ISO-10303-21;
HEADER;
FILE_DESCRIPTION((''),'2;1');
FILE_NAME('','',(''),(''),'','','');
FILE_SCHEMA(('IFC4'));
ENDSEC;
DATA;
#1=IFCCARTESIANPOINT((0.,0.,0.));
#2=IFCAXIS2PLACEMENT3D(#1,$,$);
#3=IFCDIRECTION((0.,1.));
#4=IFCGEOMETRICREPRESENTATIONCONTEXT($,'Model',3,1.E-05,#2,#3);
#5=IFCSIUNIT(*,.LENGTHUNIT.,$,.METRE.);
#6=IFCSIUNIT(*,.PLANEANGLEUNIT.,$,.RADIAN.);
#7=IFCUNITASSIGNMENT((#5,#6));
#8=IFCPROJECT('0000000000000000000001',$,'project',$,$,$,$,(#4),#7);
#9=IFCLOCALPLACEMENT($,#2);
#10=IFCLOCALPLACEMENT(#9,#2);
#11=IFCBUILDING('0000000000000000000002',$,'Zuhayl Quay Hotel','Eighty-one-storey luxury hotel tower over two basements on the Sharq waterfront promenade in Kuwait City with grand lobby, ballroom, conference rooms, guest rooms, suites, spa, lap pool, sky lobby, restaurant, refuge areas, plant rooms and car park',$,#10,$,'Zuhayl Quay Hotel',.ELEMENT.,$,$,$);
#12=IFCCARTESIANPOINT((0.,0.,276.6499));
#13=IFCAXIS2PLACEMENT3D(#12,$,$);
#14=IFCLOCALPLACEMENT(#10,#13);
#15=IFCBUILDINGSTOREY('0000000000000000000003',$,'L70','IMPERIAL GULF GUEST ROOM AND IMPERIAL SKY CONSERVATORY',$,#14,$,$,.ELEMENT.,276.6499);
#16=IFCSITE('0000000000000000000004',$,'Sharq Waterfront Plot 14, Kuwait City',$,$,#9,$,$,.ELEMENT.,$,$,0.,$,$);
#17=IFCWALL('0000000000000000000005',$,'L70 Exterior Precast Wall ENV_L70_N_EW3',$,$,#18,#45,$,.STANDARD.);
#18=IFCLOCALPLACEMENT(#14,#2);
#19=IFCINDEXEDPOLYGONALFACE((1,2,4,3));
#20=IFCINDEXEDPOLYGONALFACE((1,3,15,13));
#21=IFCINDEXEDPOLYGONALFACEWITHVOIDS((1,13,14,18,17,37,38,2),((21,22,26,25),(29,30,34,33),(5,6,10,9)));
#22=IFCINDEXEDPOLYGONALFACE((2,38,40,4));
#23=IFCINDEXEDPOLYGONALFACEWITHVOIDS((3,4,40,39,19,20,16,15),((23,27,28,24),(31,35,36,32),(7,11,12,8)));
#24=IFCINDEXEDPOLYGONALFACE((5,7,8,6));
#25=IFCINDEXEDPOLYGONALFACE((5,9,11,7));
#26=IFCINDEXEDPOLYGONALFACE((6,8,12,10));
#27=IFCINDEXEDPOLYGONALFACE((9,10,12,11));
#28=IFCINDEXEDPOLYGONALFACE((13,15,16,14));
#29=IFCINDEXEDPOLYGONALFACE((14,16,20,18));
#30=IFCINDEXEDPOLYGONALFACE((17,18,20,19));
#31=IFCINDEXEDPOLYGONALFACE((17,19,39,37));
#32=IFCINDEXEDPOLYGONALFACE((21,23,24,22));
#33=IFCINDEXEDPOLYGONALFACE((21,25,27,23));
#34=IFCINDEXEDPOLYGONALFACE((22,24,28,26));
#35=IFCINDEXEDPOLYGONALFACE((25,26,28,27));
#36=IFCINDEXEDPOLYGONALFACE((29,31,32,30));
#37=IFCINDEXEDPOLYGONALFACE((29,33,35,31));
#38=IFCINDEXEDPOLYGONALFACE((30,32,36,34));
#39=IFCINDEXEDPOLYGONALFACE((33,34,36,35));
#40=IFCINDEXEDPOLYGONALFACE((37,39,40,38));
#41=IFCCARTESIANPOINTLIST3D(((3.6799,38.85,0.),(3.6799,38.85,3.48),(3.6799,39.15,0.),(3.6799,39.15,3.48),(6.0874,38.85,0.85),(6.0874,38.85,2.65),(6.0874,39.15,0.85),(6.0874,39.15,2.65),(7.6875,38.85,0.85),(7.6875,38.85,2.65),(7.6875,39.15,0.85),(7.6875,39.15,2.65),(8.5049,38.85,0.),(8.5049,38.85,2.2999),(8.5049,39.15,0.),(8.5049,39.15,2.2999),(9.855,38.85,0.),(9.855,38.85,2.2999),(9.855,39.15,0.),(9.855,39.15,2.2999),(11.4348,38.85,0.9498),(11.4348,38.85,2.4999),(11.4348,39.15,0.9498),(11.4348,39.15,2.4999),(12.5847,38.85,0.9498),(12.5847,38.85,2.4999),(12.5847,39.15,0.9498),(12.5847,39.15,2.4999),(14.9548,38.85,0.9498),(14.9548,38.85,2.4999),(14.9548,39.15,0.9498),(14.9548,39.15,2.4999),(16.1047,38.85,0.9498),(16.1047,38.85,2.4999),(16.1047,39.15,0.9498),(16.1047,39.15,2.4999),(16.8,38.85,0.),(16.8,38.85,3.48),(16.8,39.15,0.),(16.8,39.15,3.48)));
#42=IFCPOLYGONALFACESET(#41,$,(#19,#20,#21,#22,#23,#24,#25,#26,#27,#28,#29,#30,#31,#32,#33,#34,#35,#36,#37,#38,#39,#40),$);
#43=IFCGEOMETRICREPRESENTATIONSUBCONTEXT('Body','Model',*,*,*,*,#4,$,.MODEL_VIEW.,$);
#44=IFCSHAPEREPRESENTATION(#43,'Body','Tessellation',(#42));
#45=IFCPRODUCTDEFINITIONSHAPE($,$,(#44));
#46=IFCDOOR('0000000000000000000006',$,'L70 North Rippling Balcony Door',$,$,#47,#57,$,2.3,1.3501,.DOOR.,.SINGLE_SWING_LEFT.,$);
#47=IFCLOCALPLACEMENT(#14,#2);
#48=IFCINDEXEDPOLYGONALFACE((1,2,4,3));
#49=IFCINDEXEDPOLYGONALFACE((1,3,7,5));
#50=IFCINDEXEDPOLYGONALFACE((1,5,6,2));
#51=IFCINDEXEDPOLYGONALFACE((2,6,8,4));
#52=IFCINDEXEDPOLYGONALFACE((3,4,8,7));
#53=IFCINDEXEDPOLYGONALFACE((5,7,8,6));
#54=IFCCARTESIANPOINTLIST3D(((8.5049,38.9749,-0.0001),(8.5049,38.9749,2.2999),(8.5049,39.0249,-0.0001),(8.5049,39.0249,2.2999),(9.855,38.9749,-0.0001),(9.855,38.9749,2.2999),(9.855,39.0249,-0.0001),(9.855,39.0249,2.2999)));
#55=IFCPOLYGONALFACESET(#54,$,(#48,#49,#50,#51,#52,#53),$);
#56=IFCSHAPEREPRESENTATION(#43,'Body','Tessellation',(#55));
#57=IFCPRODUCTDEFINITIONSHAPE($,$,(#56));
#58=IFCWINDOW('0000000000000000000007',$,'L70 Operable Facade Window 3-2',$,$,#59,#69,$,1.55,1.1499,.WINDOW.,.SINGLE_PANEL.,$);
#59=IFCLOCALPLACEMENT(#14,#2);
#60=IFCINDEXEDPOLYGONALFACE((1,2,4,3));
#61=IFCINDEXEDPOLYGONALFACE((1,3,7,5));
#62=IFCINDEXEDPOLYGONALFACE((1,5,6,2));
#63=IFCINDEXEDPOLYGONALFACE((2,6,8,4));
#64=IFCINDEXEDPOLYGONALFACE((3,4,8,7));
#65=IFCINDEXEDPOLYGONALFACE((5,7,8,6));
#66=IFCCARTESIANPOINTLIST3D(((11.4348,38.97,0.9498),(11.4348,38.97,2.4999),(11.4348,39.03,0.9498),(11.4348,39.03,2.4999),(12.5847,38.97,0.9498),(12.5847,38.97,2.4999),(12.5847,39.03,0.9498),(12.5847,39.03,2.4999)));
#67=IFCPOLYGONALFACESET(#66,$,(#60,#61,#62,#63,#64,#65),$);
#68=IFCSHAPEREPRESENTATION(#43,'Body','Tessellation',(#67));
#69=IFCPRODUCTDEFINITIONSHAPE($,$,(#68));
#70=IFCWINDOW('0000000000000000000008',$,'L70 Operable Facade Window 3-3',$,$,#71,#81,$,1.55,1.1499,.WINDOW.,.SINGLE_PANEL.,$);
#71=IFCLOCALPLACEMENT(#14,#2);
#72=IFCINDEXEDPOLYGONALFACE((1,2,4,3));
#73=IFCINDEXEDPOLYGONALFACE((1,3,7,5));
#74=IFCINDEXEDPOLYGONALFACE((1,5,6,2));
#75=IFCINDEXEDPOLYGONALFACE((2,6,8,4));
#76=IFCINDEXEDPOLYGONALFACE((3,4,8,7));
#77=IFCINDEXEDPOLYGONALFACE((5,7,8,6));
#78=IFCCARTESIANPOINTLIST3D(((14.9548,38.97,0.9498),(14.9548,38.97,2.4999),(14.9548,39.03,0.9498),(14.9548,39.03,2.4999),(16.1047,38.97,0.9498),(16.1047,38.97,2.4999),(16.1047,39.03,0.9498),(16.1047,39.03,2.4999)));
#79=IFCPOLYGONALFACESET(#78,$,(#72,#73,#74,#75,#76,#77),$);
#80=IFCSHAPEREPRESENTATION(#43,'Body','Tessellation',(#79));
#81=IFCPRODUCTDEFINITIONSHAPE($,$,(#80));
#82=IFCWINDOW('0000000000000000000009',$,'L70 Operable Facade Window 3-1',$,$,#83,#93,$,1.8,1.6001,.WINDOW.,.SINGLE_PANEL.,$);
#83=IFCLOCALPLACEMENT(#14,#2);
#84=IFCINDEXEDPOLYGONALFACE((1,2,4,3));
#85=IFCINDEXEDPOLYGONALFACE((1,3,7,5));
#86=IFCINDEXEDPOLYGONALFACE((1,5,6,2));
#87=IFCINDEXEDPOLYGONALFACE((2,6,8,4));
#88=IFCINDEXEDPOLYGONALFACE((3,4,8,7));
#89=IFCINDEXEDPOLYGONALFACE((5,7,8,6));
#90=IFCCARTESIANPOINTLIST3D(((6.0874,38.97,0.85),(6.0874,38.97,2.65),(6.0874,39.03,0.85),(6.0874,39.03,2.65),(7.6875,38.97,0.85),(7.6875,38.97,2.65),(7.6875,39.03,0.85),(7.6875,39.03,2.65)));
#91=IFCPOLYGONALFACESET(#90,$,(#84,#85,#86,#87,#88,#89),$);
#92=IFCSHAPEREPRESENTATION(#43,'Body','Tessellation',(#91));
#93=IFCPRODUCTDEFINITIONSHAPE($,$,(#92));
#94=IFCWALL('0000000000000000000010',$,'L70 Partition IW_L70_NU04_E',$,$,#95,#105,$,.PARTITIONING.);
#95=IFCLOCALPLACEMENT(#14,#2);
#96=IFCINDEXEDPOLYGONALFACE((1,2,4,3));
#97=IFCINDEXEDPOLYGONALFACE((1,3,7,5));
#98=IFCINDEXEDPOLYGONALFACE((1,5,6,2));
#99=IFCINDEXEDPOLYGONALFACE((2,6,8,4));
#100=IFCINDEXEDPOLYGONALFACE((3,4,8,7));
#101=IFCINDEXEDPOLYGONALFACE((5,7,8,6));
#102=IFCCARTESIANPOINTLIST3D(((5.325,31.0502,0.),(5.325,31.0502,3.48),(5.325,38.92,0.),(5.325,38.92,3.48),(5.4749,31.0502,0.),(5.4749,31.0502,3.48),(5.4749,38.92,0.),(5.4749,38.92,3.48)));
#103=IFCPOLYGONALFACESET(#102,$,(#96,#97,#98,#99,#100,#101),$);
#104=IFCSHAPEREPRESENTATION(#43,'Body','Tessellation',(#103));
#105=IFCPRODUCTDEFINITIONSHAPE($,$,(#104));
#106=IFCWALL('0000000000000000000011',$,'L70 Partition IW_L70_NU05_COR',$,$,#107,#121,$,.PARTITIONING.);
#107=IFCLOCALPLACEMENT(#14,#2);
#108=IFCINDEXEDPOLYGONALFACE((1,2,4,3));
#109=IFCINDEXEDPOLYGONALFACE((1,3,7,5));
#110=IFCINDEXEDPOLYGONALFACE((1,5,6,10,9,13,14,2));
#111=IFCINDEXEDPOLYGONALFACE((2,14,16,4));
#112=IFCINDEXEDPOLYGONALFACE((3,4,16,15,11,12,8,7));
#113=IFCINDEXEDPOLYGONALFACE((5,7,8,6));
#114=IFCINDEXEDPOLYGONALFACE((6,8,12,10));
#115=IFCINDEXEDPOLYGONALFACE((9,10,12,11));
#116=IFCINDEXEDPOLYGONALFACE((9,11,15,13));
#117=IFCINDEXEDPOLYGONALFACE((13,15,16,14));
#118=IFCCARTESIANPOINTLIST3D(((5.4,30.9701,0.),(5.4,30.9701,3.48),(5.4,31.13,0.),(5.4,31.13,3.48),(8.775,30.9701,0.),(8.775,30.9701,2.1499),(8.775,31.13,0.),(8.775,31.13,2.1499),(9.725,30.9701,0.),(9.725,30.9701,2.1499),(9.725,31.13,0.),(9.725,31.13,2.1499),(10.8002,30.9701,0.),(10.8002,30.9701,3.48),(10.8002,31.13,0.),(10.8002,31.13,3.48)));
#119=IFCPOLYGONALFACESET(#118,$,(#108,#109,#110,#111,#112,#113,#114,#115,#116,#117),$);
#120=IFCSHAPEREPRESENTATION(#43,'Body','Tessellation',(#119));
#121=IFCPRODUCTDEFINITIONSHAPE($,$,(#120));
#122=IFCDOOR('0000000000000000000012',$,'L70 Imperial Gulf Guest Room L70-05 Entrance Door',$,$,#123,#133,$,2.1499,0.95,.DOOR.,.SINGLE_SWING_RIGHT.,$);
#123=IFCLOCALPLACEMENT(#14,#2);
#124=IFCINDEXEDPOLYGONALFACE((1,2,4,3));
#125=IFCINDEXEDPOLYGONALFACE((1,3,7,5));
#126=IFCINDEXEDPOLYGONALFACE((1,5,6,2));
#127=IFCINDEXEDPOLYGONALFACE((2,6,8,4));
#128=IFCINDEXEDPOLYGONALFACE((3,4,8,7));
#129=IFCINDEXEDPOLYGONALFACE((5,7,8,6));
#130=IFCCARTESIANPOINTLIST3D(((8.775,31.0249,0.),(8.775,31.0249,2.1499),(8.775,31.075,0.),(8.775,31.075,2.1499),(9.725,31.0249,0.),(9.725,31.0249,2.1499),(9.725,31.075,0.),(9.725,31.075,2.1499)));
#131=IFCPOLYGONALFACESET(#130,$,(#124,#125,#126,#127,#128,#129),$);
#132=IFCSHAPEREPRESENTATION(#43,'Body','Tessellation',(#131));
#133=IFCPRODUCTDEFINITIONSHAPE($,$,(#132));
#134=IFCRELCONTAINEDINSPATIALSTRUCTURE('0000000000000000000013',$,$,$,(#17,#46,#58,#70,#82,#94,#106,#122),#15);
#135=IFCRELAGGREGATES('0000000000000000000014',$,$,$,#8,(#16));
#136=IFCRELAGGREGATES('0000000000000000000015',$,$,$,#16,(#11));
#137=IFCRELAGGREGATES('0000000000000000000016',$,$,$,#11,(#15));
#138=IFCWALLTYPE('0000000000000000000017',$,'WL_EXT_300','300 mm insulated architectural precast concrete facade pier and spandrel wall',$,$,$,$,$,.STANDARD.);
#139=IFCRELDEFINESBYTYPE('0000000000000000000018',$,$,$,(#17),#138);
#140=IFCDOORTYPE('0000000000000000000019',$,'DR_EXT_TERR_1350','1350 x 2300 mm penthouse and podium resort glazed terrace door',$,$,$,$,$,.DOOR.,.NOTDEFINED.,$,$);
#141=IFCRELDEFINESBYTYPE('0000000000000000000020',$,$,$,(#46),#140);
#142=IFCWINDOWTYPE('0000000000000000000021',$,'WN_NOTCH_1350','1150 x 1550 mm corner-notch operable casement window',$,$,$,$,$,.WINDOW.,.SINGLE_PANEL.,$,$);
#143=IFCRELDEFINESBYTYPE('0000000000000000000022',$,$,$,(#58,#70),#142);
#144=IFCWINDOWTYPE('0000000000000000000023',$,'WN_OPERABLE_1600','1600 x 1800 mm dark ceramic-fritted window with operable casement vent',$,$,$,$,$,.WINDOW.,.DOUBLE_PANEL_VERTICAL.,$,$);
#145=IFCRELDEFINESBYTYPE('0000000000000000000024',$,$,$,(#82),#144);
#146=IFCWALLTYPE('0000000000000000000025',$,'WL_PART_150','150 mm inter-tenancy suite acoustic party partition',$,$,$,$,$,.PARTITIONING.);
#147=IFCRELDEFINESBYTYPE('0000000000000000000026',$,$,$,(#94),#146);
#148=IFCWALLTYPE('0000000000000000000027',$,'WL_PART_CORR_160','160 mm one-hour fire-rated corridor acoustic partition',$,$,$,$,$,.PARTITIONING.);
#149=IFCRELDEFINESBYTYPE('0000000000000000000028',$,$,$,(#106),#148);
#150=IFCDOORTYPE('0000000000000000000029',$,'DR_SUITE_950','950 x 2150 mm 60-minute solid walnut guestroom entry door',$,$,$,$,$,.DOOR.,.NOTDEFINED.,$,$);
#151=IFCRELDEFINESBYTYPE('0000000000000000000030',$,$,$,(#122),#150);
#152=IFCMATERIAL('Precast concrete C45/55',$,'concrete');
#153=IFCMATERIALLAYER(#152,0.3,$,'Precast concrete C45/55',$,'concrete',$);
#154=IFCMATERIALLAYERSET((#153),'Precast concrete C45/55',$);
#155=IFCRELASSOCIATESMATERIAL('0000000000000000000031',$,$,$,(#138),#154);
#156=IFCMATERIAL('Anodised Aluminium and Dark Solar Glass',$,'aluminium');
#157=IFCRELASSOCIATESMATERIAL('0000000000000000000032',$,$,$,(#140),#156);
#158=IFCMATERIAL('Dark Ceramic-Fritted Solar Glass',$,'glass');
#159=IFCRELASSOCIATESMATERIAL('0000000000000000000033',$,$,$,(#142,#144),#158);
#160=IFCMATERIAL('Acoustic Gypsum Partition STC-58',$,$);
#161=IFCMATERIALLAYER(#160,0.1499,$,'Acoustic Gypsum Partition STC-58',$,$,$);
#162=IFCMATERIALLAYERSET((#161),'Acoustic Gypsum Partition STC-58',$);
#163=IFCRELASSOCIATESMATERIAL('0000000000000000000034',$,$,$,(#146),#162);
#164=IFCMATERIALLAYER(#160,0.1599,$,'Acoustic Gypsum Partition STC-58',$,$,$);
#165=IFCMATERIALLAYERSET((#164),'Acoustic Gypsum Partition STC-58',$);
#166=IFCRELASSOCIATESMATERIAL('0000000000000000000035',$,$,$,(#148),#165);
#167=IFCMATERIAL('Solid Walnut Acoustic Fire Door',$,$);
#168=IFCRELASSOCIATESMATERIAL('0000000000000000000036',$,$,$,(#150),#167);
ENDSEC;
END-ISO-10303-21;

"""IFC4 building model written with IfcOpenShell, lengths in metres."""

from ifc_helpers import new_model, si_unit, direction, frame, frame_2d, origin, place, context, subcontext, project, spatial, rectangle, extrude, material, layer, layer_set, type_object, element, fill, save


model = new_model("IFC4")

# Units and contexts
model_context = context("Model", 3, precision=1e-05, world=origin(), true_north=direction((0.0, 1.0)))
body_context = subcontext(model_context, "Body", "Model", "MODEL_VIEW")
ifc_project = project(units=[si_unit("LENGTHUNIT", "METRE"), si_unit("PLANEANGLEUNIT", "RADIAN")], contexts=[model_context])

# Site, building, storey
site_placement = place(None, origin())
site = spatial("IfcSite", under=ifc_project, at=site_placement, Name="Sharq Waterfront Plot 14, Kuwait City", CompositionType="ELEMENT", RefElevation=0.0)
building_placement = place(site_placement, origin())
building = spatial("IfcBuilding", under=site, at=building_placement, Name="Zuhayl Quay Hotel", Description="Eighty-one-storey luxury hotel tower over two basements on the Sharq waterfront promenade in Kuwait City with grand lobby, ballroom, conference rooms, guest rooms, suites, spa, lap pool, sky lobby, restaurant, refuge areas, plant rooms and car park", LongName="Zuhayl Quay Hotel", CompositionType="ELEMENT")
storey_placement = place(building_placement, frame((0.0, 0.0, 276.6499)))
storey = spatial("IfcBuildingStorey", under=building, at=storey_placement, Name="L70", Description="IMPERIAL GULF GUEST ROOM AND IMPERIAL SKY CONSERVATORY", CompositionType="ELEMENT", Elevation=276.6499)

# Shared definitions
ifc_material_1 = material(Name="Dark Ceramic-Fritted Solar Glass", Category="glass")

# Wall, openings, door, windows
ifc_material_2 = material(Name="Precast concrete C45/55", Category="concrete")
ifc_layer_1 = layer(ifc_material_2, 0.3, Name="Precast concrete C45/55", Category="concrete")
ifc_layer_set_1 = layer_set([ifc_layer_1], Name="Precast concrete C45/55")
wall_type_1 = type_object("IfcWallType", Name="WL_EXT_300", Description="300 mm insulated architectural precast concrete facade pier and spandrel wall", PredefinedType="STANDARD", material=ifc_layer_set_1)
wall_1_placement = place(storey_placement, frame((3.6799, 39.0, 0.0), z_axis=(0.0, 0.0, 1.0), x_axis=(1.0, 0.0, 0.0)))
wall_1 = element("IfcWall", 1, at=wall_1_placement, inside=storey, type_object=wall_type_1, Name="L70 Exterior Precast Wall ENV_L70_N_EW3", PredefinedType="STANDARD", context=body_context, shape_type="SweptSolid", body=[
    extrude(rectangle(XDim=13.1201, YDim=0.3, at=frame_2d((6.5601, 0.0))), origin(), (0.0, 0.0, 1.0), 3.48),
])
opening_1_placement = place(wall_1_placement, frame((4.825, 0.0, 0.0)))
opening_1 = element("IfcOpeningElement", 2, at=opening_1_placement, cuts=wall_1, PredefinedType="OPENING", context=body_context, shape_type="SweptSolid", body=[
    extrude(rectangle(XDim=1.3501, YDim=2.3, at=frame_2d((0.675, 1.1499))), frame((0.0, 0.1599, 0.0), z_axis=(0.0, -1.0, 0.0), x_axis=(1.0, 0.0, 0.0)), (0.0, 0.0, 1.0), 0.3201),
])
opening_2_placement = place(wall_1_placement, frame((2.4075, 0.0, 0.8501)))
opening_2 = element("IfcOpeningElement", 3, at=opening_2_placement, cuts=wall_1, PredefinedType="OPENING", context=body_context, shape_type="SweptSolid", body=[
    extrude(rectangle(XDim=1.6001, YDim=1.8, at=frame_2d((0.8, 0.8999))), frame((0.0, 0.1599, 0.0), z_axis=(0.0, -1.0, 0.0), x_axis=(1.0, 0.0, 0.0)), (0.0, 0.0, 1.0), 0.3201),
])
opening_3_placement = place(wall_1_placement, frame((7.7549, 0.0, 0.95)))
opening_3 = element("IfcOpeningElement", 4, at=opening_3_placement, cuts=wall_1, PredefinedType="OPENING", context=body_context, shape_type="SweptSolid", body=[
    extrude(rectangle(XDim=1.1499, YDim=1.55, at=frame_2d((0.575, 0.7749))), frame((0.0, 0.1599, 0.0), z_axis=(0.0, -1.0, 0.0), x_axis=(1.0, 0.0, 0.0)), (0.0, 0.0, 1.0), 0.3201),
])
opening_4_placement = place(wall_1_placement, frame((11.2749, 0.0, 0.95)))
opening_4 = element("IfcOpeningElement", 5, at=opening_4_placement, cuts=wall_1, PredefinedType="OPENING", context=body_context, shape_type="SweptSolid", body=[
    extrude(rectangle(XDim=1.1499, YDim=1.55, at=frame_2d((0.575, 0.7749))), frame((0.0, 0.1599, 0.0), z_axis=(0.0, -1.0, 0.0), x_axis=(1.0, 0.0, 0.0)), (0.0, 0.0, 1.0), 0.3201),
])
ifc_material_3 = material(Name="Anodised Aluminium and Dark Solar Glass", Category="aluminium")
door_type_1 = type_object("IfcDoorType", Name="DR_EXT_TERR_1350", Description="1350 x 2300 mm penthouse and podium resort glazed terrace door", OperationType="NOTDEFINED", PredefinedType="DOOR", material=ifc_material_3)
door_1_placement = place(opening_1_placement, origin())
door_1 = element("IfcDoor", 6, at=door_1_placement, inside=storey, type_object=door_type_1, Name="L70 North Rippling Balcony Door", OperationType="SINGLE_SWING_LEFT", OverallHeight=2.3, OverallWidth=1.3501, PredefinedType="DOOR", context=body_context, shape_type="SweptSolid", body=[
    extrude(rectangle(XDim=1.3501, YDim=2.3, at=frame_2d((0.675, 1.1499))), frame((0.0, 0.0249, 0.0), z_axis=(0.0, -1.0, 0.0), x_axis=(1.0, 0.0, 0.0)), (0.0, 0.0, 1.0), 0.05),
])
fill(opening_1, door_1)
window_type_1 = type_object("IfcWindowType", Name="WN_NOTCH_1350", Description="1150 x 1550 mm corner-notch operable casement window", PartitioningType="SINGLE_PANEL", PredefinedType="WINDOW", material=ifc_material_1)
window_1_placement = place(opening_3_placement, origin())
window_1 = element("IfcWindow", 7, at=window_1_placement, inside=storey, type_object=window_type_1, Name="L70 Operable Facade Window 3-2", OverallHeight=1.55, OverallWidth=1.1499, PartitioningType="SINGLE_PANEL", PredefinedType="WINDOW", context=body_context, shape_type="SweptSolid", body=[
    extrude(rectangle(XDim=1.1499, YDim=1.55, at=frame_2d((0.575, 0.7749))), frame((0.0, 0.03, 0.0), z_axis=(0.0, -1.0, 0.0), x_axis=(1.0, 0.0, 0.0)), (0.0, 0.0, 1.0), 0.0601),
])
fill(opening_3, window_1)
window_2_placement = place(opening_4_placement, origin())
window_2 = element("IfcWindow", 8, at=window_2_placement, inside=storey, type_object=window_type_1, Name="L70 Operable Facade Window 3-3", OverallHeight=1.55, OverallWidth=1.1499, PartitioningType="SINGLE_PANEL", PredefinedType="WINDOW", context=body_context, shape_type="SweptSolid", body=[
    extrude(rectangle(XDim=1.1499, YDim=1.55, at=frame_2d((0.575, 0.7749))), frame((0.0, 0.03, 0.0), z_axis=(0.0, -1.0, 0.0), x_axis=(1.0, 0.0, 0.0)), (0.0, 0.0, 1.0), 0.0601),
])
fill(opening_4, window_2)
window_type_2 = type_object("IfcWindowType", Name="WN_OPERABLE_1600", Description="1600 x 1800 mm dark ceramic-fritted window with operable casement vent", PartitioningType="DOUBLE_PANEL_VERTICAL", PredefinedType="WINDOW", material=ifc_material_1)
window_3_placement = place(opening_2_placement, origin())
window_3 = element("IfcWindow", 9, at=window_3_placement, inside=storey, type_object=window_type_2, Name="L70 Operable Facade Window 3-1", OverallHeight=1.8, OverallWidth=1.6001, PartitioningType="SINGLE_PANEL", PredefinedType="WINDOW", context=body_context, shape_type="SweptSolid", body=[
    extrude(rectangle(XDim=1.6001, YDim=1.8, at=frame_2d((0.8, 0.8999))), frame((0.0, 0.03, 0.0), z_axis=(0.0, -1.0, 0.0), x_axis=(1.0, 0.0, 0.0)), (0.0, 0.0, 1.0), 0.0601),
])
fill(opening_2, window_3)

# Wall
ifc_material_4 = material(Name="Acoustic Gypsum Partition STC-58")
ifc_layer_2 = layer(ifc_material_4, 0.1499, Name="Acoustic Gypsum Partition STC-58")
ifc_layer_set_2 = layer_set([ifc_layer_2], Name="Acoustic Gypsum Partition STC-58")
wall_type_2 = type_object("IfcWallType", Name="WL_PART_150", Description="150 mm inter-tenancy suite acoustic party partition", PredefinedType="PARTITIONING", material=ifc_layer_set_2)
wall_2_placement = place(storey_placement, frame((5.3999, 31.05, 0.0), z_axis=(0.0, 0.0, 1.0), x_axis=(0.0, 1.0, 0.0)))
element("IfcWall", 10, at=wall_2_placement, inside=storey, type_object=wall_type_2, Name="L70 Partition IW_L70_NU04_E", PredefinedType="PARTITIONING", context=body_context, shape_type="SweptSolid", body=[
    extrude(rectangle(XDim=7.8699, YDim=0.1499, at=frame_2d((3.9351, 0.0))), origin(), (0.0, 0.0, 1.0), 3.48),
])

# Wall, opening, door
ifc_layer_3 = layer(ifc_material_4, 0.1599, Name="Acoustic Gypsum Partition STC-58")
ifc_layer_set_3 = layer_set([ifc_layer_3], Name="Acoustic Gypsum Partition STC-58")
wall_type_3 = type_object("IfcWallType", Name="WL_PART_CORR_160", Description="160 mm one-hour fire-rated corridor acoustic partition", PredefinedType="PARTITIONING", material=ifc_layer_set_3)
wall_3_placement = place(storey_placement, frame((5.3999, 31.05, 0.0), z_axis=(0.0, 0.0, 1.0), x_axis=(1.0, 0.0, 0.0)))
wall_3 = element("IfcWall", 11, at=wall_3_placement, inside=storey, type_object=wall_type_3, Name="L70 Partition IW_L70_NU05_COR", PredefinedType="PARTITIONING", context=body_context, shape_type="SweptSolid", body=[
    extrude(rectangle(XDim=5.4001, YDim=0.1599, at=frame_2d((2.7002, 0.0))), origin(), (0.0, 0.0, 1.0), 3.48),
])
opening_5_placement = place(wall_3_placement, frame((3.375, 0.0, 0.0)))
opening_5 = element("IfcOpeningElement", 12, at=opening_5_placement, cuts=wall_3, PredefinedType="OPENING", context=body_context, shape_type="SweptSolid", body=[
    extrude(rectangle(XDim=0.95, YDim=2.1499, at=frame_2d((0.4751, 1.075))), frame((0.0, 0.0898, 0.0), z_axis=(0.0, -1.0, 0.0), x_axis=(1.0, 0.0, 0.0)), (0.0, 0.0, 1.0), 0.1799),
])
ifc_material_5 = material(Name="Solid Walnut Acoustic Fire Door")
door_type_2 = type_object("IfcDoorType", Name="DR_SUITE_950", Description="950 x 2150 mm 60-minute solid walnut guestroom entry door", OperationType="NOTDEFINED", PredefinedType="DOOR", material=ifc_material_5)
door_2_placement = place(opening_5_placement, origin())
door_2 = element("IfcDoor", 13, at=door_2_placement, inside=storey, type_object=door_type_2, Name="L70 Imperial Gulf Guest Room L70-05 Entrance Door", OperationType="SINGLE_SWING_RIGHT", OverallHeight=2.1499, OverallWidth=0.95, PredefinedType="DOOR", context=body_context, shape_type="SweptSolid", body=[
    extrude(rectangle(XDim=0.95, YDim=2.1499, at=frame_2d((0.4751, 1.075))), frame((0.0, 0.0249, 0.0), z_axis=(0.0, -1.0, 0.0), x_axis=(1.0, 0.0, 0.0)), (0.0, 0.0, 1.0), 0.05),
])
fill(opening_5, door_2)

save(model, "model.ifc")
